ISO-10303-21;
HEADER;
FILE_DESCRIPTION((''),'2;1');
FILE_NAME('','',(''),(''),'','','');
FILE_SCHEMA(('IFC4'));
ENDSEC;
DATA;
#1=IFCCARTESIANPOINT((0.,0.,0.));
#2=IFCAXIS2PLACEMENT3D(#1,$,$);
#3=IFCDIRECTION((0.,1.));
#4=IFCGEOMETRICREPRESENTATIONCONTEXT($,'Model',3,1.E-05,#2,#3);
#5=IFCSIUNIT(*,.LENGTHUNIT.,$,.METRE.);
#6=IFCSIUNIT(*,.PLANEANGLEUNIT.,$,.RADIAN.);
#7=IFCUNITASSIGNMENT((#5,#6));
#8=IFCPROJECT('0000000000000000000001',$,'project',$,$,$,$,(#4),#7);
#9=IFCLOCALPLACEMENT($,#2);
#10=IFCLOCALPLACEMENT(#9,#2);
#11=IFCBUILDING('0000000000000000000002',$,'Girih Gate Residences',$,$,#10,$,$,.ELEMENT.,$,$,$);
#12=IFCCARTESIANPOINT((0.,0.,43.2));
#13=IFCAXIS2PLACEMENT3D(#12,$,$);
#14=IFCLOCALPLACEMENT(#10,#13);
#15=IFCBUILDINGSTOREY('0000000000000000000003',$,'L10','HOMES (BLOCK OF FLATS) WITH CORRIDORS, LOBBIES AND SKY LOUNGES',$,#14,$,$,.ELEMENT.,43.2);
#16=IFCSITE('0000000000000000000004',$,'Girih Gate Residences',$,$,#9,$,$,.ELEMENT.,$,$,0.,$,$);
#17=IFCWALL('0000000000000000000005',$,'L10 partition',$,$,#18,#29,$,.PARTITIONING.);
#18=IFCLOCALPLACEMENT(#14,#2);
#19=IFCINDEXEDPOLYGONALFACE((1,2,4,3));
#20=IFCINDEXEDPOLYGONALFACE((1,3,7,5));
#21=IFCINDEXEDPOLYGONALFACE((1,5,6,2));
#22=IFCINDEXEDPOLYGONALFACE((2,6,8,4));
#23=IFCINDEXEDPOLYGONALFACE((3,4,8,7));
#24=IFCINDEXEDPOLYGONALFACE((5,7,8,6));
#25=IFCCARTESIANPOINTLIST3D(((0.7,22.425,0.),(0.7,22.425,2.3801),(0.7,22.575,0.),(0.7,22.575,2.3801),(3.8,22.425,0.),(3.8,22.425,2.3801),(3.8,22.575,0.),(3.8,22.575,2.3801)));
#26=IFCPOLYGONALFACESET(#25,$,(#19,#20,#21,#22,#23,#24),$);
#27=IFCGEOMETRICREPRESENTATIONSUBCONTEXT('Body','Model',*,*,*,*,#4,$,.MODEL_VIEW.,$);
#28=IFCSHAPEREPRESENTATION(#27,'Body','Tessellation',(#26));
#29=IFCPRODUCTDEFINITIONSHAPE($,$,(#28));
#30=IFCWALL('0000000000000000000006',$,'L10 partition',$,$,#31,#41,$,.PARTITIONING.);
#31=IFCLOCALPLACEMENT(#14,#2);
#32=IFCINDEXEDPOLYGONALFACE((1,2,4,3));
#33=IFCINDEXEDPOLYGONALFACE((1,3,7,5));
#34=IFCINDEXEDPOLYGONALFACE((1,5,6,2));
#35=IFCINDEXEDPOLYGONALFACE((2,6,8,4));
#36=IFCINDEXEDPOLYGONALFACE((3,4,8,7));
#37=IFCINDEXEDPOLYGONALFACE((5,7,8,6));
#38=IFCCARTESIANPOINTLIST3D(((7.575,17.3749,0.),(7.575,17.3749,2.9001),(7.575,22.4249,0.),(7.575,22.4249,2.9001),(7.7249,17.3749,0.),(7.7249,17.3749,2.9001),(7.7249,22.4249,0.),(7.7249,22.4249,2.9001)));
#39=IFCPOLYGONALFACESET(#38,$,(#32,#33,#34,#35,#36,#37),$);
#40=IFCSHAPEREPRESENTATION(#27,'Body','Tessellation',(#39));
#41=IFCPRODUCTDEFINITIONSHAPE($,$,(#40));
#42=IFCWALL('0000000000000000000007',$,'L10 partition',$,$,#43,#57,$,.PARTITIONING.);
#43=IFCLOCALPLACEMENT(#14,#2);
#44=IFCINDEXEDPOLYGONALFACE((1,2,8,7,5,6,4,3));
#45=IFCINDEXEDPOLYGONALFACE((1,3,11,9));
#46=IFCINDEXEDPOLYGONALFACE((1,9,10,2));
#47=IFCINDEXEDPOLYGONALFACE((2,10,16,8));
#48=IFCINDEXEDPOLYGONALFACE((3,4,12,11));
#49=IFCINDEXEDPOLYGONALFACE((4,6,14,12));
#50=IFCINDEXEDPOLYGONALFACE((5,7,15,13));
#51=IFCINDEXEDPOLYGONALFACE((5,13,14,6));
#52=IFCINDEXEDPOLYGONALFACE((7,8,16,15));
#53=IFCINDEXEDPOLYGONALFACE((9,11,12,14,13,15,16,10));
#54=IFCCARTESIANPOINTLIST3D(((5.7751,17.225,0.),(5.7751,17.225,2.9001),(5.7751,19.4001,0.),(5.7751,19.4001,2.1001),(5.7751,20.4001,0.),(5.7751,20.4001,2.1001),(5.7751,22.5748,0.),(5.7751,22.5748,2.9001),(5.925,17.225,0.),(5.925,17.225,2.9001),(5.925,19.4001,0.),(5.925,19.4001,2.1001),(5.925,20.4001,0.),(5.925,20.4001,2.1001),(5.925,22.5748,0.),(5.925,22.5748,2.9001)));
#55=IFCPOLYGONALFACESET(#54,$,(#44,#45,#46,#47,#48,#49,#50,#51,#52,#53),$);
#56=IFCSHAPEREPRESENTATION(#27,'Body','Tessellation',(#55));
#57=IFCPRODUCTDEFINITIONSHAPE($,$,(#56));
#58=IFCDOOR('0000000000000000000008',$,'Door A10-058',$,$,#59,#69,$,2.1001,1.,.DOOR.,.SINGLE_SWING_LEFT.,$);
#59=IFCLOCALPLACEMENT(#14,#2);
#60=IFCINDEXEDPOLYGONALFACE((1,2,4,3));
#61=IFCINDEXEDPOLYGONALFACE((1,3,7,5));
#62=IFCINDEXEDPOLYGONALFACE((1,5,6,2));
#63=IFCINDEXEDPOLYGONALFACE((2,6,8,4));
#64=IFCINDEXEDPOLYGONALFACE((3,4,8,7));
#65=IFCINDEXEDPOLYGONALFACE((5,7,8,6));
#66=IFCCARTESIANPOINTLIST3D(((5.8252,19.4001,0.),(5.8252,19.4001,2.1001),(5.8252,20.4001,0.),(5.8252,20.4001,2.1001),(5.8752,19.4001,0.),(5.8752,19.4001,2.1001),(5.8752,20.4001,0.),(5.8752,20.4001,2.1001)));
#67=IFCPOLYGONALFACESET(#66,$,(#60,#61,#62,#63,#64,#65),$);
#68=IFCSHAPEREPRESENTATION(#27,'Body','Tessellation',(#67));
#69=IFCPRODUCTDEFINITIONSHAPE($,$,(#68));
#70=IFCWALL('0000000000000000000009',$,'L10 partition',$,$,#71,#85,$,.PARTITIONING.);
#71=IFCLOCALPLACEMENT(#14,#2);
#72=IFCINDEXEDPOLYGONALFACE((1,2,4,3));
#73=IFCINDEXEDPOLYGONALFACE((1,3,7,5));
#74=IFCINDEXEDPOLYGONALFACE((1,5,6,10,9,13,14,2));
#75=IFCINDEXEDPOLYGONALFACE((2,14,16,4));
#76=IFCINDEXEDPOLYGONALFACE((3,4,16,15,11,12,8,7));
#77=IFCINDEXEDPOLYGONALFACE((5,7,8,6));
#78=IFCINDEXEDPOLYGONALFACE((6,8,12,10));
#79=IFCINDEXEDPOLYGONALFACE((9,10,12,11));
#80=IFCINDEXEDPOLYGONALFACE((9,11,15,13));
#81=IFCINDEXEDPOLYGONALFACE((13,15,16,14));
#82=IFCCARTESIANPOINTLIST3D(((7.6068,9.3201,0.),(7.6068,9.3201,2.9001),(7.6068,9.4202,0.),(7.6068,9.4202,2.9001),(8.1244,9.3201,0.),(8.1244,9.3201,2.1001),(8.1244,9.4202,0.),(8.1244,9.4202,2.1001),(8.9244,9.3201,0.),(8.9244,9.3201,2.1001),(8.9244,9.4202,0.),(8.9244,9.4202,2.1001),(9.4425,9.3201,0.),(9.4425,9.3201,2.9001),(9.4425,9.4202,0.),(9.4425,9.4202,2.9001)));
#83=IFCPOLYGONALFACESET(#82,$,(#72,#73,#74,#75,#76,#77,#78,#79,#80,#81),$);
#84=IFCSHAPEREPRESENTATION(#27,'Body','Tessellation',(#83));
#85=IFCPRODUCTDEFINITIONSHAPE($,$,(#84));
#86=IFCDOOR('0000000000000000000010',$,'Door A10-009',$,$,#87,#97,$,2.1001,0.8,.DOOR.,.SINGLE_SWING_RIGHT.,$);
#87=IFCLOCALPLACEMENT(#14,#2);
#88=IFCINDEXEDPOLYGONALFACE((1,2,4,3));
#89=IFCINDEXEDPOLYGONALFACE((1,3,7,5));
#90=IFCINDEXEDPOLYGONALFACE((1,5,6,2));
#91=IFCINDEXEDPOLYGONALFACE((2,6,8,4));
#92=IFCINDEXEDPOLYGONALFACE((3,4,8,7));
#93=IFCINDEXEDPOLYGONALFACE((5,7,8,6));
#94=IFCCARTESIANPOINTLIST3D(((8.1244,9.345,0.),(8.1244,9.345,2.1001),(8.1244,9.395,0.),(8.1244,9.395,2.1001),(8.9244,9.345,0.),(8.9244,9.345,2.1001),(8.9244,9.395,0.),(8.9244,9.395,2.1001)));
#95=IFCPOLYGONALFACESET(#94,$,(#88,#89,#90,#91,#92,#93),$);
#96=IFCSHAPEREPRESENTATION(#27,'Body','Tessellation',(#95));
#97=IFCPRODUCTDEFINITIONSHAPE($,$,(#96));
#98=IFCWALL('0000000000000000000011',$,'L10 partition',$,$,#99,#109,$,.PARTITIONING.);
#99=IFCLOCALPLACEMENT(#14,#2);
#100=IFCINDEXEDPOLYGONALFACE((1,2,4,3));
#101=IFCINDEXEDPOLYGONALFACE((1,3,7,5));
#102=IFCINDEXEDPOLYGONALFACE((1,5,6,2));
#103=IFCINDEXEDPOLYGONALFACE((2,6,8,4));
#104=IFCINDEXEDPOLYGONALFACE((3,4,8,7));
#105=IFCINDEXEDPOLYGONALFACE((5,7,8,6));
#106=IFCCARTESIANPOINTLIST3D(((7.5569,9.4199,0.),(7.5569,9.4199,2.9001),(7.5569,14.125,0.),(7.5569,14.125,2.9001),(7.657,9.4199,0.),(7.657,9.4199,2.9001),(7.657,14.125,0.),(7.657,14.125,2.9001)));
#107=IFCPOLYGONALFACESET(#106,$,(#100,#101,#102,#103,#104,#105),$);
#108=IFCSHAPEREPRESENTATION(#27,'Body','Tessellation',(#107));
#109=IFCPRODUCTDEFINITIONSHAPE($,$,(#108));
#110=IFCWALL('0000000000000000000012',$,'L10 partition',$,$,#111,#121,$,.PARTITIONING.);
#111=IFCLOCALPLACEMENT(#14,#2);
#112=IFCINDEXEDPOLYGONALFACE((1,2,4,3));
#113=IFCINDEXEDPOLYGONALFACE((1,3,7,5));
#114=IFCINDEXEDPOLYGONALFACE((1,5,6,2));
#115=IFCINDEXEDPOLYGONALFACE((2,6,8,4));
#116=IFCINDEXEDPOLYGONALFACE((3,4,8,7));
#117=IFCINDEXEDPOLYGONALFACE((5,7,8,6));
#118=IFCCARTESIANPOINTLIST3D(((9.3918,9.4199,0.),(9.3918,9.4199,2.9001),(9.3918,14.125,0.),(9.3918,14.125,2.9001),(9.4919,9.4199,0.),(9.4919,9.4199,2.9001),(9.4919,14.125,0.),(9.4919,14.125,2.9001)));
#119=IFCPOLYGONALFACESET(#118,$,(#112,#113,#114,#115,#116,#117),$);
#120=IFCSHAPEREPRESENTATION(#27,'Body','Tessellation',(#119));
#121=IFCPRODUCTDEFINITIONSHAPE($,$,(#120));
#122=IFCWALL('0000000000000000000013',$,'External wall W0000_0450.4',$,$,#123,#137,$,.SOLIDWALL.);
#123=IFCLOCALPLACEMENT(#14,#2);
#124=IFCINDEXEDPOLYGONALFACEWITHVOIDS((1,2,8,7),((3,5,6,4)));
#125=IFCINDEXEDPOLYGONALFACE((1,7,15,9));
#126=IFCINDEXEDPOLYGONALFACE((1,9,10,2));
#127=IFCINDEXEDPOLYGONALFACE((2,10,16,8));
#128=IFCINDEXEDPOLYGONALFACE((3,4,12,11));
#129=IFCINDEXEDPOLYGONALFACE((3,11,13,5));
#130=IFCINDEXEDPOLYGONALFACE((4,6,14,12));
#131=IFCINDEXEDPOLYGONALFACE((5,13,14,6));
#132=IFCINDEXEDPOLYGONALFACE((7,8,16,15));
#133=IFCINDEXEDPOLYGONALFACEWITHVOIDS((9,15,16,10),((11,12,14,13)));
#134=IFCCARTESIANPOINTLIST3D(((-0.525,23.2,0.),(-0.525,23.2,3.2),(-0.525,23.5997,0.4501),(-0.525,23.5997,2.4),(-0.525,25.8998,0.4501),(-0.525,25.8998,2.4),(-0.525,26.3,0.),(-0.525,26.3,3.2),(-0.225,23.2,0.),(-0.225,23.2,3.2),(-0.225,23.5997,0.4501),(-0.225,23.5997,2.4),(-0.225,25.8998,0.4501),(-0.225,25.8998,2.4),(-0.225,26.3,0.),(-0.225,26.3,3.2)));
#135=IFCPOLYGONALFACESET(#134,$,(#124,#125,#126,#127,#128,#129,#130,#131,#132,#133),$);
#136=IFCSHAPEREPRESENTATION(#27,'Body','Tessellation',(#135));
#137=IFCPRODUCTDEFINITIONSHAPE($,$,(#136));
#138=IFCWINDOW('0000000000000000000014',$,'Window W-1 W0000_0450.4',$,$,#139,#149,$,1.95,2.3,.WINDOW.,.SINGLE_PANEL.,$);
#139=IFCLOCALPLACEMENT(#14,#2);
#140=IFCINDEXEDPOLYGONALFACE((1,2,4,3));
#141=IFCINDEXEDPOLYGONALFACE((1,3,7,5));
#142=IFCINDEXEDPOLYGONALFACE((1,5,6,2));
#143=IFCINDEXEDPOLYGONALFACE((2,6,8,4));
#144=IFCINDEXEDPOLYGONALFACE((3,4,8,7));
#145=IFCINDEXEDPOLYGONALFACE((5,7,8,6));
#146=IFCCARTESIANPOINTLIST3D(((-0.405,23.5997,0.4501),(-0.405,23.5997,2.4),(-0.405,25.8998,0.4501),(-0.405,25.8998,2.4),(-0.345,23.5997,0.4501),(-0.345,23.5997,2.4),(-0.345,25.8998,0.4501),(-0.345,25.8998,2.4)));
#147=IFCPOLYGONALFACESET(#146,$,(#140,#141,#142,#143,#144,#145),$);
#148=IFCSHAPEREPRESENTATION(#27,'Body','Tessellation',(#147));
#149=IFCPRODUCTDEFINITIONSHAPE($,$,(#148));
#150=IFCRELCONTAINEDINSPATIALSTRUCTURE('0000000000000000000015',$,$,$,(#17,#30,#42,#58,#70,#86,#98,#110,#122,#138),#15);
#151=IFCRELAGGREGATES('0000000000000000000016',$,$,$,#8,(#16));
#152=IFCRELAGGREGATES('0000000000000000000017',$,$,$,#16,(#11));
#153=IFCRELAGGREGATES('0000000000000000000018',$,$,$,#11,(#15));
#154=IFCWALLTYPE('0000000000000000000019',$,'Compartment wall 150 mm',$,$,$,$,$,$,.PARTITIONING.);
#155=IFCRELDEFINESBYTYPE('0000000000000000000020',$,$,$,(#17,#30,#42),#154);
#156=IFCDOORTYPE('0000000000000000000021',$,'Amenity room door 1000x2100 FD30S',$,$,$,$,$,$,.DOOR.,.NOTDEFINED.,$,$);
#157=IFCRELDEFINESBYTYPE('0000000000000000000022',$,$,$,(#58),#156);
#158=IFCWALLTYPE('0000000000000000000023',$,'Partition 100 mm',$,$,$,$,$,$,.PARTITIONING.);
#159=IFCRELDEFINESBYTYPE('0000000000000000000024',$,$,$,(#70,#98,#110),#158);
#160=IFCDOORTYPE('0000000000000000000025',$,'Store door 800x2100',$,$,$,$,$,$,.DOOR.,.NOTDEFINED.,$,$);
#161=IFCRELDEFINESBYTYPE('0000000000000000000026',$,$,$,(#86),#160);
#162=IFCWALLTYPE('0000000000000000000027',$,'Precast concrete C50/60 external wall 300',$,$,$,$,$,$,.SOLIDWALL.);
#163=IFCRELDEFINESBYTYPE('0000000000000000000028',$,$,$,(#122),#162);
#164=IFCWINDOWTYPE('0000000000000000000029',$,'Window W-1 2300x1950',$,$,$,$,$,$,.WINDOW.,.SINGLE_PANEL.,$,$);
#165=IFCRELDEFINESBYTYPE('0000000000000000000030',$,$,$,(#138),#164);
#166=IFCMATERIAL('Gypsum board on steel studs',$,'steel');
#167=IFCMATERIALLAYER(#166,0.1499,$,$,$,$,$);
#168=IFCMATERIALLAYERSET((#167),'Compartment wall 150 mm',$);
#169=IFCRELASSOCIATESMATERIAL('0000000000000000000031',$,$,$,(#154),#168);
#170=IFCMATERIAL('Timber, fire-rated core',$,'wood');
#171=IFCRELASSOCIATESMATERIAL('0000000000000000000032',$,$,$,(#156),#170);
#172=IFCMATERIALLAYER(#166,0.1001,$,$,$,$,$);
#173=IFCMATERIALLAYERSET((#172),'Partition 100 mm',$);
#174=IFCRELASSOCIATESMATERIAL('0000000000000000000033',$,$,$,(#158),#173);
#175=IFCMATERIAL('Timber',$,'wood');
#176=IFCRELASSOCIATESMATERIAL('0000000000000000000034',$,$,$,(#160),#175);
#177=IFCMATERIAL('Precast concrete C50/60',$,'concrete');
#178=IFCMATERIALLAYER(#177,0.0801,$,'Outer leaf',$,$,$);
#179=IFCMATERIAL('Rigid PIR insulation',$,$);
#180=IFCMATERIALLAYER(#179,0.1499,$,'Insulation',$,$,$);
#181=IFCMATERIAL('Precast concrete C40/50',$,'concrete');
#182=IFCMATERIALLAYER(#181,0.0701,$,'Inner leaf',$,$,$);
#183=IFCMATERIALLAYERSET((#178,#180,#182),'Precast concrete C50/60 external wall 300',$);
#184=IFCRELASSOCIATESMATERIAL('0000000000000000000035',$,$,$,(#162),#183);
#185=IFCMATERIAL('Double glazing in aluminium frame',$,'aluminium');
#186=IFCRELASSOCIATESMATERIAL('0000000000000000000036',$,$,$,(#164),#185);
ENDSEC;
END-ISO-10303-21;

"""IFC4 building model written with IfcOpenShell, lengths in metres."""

from ifc_helpers import new_model, si_unit, direction, frame, frame_2d, origin, place, context, subcontext, project, spatial, rectangle, extrude, material, layer, layer_set, type_object, element, fill, save


model = new_model("IFC4")

# Units and contexts
model_context = context("Model", 3, precision=1e-05, world=origin(), true_north=direction((0.0, 1.0)))
body_context = subcontext(model_context, "Body", "Model", "MODEL_VIEW")
ifc_project = project(units=[si_unit("LENGTHUNIT", "METRE"), si_unit("PLANEANGLEUNIT", "RADIAN")], contexts=[model_context])

# Site, building, storey
site_placement = place(None, origin())
site = spatial("IfcSite", under=ifc_project, at=site_placement, Name="Girih Gate Residences", CompositionType="ELEMENT", RefElevation=0.0)
building_placement = place(site_placement, origin())
building = spatial("IfcBuilding", under=site, at=building_placement, Name="Girih Gate Residences", CompositionType="ELEMENT")
storey_placement = place(building_placement, frame((0.0, 0.0, 43.2)))
storey = spatial("IfcBuildingStorey", under=building, at=storey_placement, Name="L10", Description="HOMES (BLOCK OF FLATS) WITH CORRIDORS, LOBBIES AND SKY LOUNGES", CompositionType="ELEMENT", Elevation=43.2)

# Shared definitions
ifc_material_1 = material(Name="Gypsum board on steel studs", Category="steel")
ifc_layer_1 = layer(ifc_material_1, 0.1499)
ifc_layer_set_1 = layer_set([ifc_layer_1], Name="Compartment wall 150 mm")
wall_type_1 = type_object("IfcWallType", Name="Compartment wall 150 mm", PredefinedType="PARTITIONING", material=ifc_layer_set_1)

# Shared definitions
ifc_material_2 = material(Name="Timber", Category="wood")

# Walls
wall_1_placement = place(storey_placement, frame((0.7, 22.5, 0.0), z_axis=(0.0, 0.0, 1.0), x_axis=(1.0, 0.0, 0.0)))
element("IfcWall", 1, at=wall_1_placement, inside=storey, type_object=wall_type_1, Name="L10 partition", PredefinedType="PARTITIONING", context=body_context, shape_type="SweptSolid", body=[
    extrude(rectangle(XDim=3.1001, YDim=0.1499, at=frame_2d((1.55, 0.0))), origin(), (0.0, 0.0, 1.0), 2.3801),
])
wall_2_placement = place(storey_placement, frame((7.6499, 17.375, 0.0), z_axis=(0.0, 0.0, 1.0), x_axis=(0.0, 1.0, 0.0)))
element("IfcWall", 2, at=wall_2_placement, inside=storey, type_object=wall_type_1, Name="L10 partition", PredefinedType="PARTITIONING", context=body_context, shape_type="SweptSolid", body=[
    extrude(rectangle(XDim=5.05, YDim=0.1499, at=frame_2d((2.5249, 0.0))), origin(), (0.0, 0.0, 1.0), 2.9001),
])

# Walls, openings, doors
wall_3_placement = place(storey_placement, frame((5.8501, 17.2251, 0.0), z_axis=(0.0, 0.0, 1.0), x_axis=(0.0, 1.0, 0.0)))
wall_3 = element("IfcWall", 3, at=wall_3_placement, inside=storey, type_object=wall_type_1, Name="L10 partition", PredefinedType="PARTITIONING", context=body_context, shape_type="SweptSolid", body=[
    extrude(rectangle(XDim=5.3499, YDim=0.1499, at=frame_2d((2.6748, 0.0))), origin(), (0.0, 0.0, 1.0), 2.9001),
])
opening_1_placement = place(wall_3_placement, frame((2.175, 0.0, 0.0)))
opening_1 = element("IfcOpeningElement", 4, at=opening_1_placement, cuts=wall_3, PredefinedType="OPENING", context=body_context, shape_type="SweptSolid", body=[
    extrude(rectangle(XDim=1.0, YDim=2.1001, at=frame_2d((0.5, 1.05))), frame((0.0, 0.085, 0.0), z_axis=(0.0, -1.0, 0.0), x_axis=(1.0, 0.0, 0.0)), (0.0, 0.0, 1.0), 0.1699),
])
ifc_material_3 = material(Name="Timber, fire-rated core", Category="wood")
door_type_1 = type_object("IfcDoorType", Name="Amenity room door 1000x2100 FD30S", OperationType="NOTDEFINED", PredefinedType="DOOR", material=ifc_material_3)
door_1_placement = place(opening_1_placement, origin())
door_1 = element("IfcDoor", 5, at=door_1_placement, inside=storey, type_object=door_type_1, Name="Door A10-058", OperationType="SINGLE_SWING_LEFT", OverallHeight=2.1001, OverallWidth=1.0, PredefinedType="DOOR", context=body_context, shape_type="SweptSolid", body=[
    extrude(rectangle(XDim=1.0, YDim=2.1001, at=frame_2d((0.5, 1.05))), frame((0.0, 0.0249, 0.0), z_axis=(0.0, -1.0, 0.0), x_axis=(1.0, 0.0, 0.0)), (0.0, 0.0, 1.0), 0.05),
])
fill(opening_1, door_1)
ifc_layer_2 = layer(ifc_material_1, 0.1001)
ifc_layer_set_2 = layer_set([ifc_layer_2], Name="Partition 100 mm")
wall_type_2 = type_object("IfcWallType", Name="Partition 100 mm", PredefinedType="PARTITIONING", material=ifc_layer_set_2)
wall_4_placement = place(storey_placement, frame((7.6067, 9.3701, 0.0), z_axis=(0.0, 0.0, 1.0), x_axis=(1.0, 0.0, 0.0)))
wall_4 = element("IfcWall", 6, at=wall_4_placement, inside=storey, type_object=wall_type_2, Name="L10 partition", PredefinedType="PARTITIONING", context=body_context, shape_type="SweptSolid", body=[
    extrude(rectangle(XDim=1.8357, YDim=0.1001, at=frame_2d((0.918, 0.0))), origin(), (0.0, 0.0, 1.0), 2.9001),
])
opening_2_placement = place(wall_4_placement, frame((0.5178, 0.0, 0.0)))
opening_2 = element("IfcOpeningElement", 7, at=opening_2_placement, cuts=wall_4, PredefinedType="OPENING", context=body_context, shape_type="SweptSolid", body=[
    extrude(rectangle(XDim=0.8, YDim=2.1001, at=frame_2d((0.3999, 1.05))), frame((0.0, 0.0601, 0.0), z_axis=(0.0, -1.0, 0.0), x_axis=(1.0, 0.0, 0.0)), (0.0, 0.0, 1.0), 0.1201),
])
door_type_2 = type_object("IfcDoorType", Name="Store door 800x2100", OperationType="NOTDEFINED", PredefinedType="DOOR", material=ifc_material_2)
door_2_placement = place(opening_2_placement, origin())
door_2 = element("IfcDoor", 8, at=door_2_placement, inside=storey, type_object=door_type_2, Name="Door A10-009", OperationType="SINGLE_SWING_RIGHT", OverallHeight=2.1001, OverallWidth=0.8, PredefinedType="DOOR", context=body_context, shape_type="SweptSolid", body=[
    extrude(rectangle(XDim=0.8, YDim=2.1001, at=frame_2d((0.3999, 1.05))), frame((0.0, 0.0249, 0.0), z_axis=(0.0, -1.0, 0.0), x_axis=(1.0, 0.0, 0.0)), (0.0, 0.0, 1.0), 0.05),
])
fill(opening_2, door_2)

# Walls
for number, where, z_axis, x_axis, name in (
    (9, (7.6069, 9.4199, 0.0), (0.0, 0.0, 1.0), (0.0, 1.0, 0.0), "L10 partition"),
    (10, (9.4419, 9.4199, 0.0), (0.0, 0.0, 1.0), (0.0, 1.0, 0.0), "L10 partition"),
):
    element("IfcWall", number, at=place(storey_placement, frame(where, z_axis=z_axis, x_axis=x_axis)), inside=storey, type_object=wall_type_2, Name=name, PredefinedType="PARTITIONING", context=body_context, shape_type="SweptSolid", body=[
        extrude(rectangle(XDim=4.7051, YDim=0.1001, at=frame_2d((2.3525, 0.0))), origin(), (0.0, 0.0, 1.0), 2.9001),
    ])

# Wall, opening, window
ifc_material_4 = material(Name="Precast concrete C50/60", Category="concrete")
ifc_layer_3 = layer(ifc_material_4, 0.0801, Name="Outer leaf")
ifc_material_5 = material(Name="Rigid PIR insulation")
ifc_layer_4 = layer(ifc_material_5, 0.1499, Name="Insulation")
ifc_material_6 = material(Name="Precast concrete C40/50", Category="concrete")
ifc_layer_5 = layer(ifc_material_6, 0.0701, Name="Inner leaf")
ifc_layer_set_3 = layer_set([ifc_layer_3, ifc_layer_4, ifc_layer_5], Name="Precast concrete C50/60 external wall 300")
wall_type_3 = type_object("IfcWallType", Name="Precast concrete C50/60 external wall 300", PredefinedType="SOLIDWALL", material=ifc_layer_set_3)
wall_5_placement = place(storey_placement, frame((-0.375, 23.2, 0.0), z_axis=(0.0, 0.0, 1.0), x_axis=(0.0, 1.0, 0.0)))
wall_5 = element("IfcWall", 11, at=wall_5_placement, inside=storey, type_object=wall_type_3, Name="External wall W0000_0450.4", PredefinedType="SOLIDWALL", context=body_context, shape_type="SweptSolid", body=[
    extrude(rectangle(XDim=3.1001, YDim=0.3, at=frame_2d((1.55, 0.0))), origin(), (0.0, 0.0, 1.0), 3.2),
])
opening_3_placement = place(wall_5_placement, frame((0.3999, 0.0, 0.45)))
opening_3 = element("IfcOpeningElement", 12, at=opening_3_placement, cuts=wall_5, PredefinedType="OPENING", context=body_context, shape_type="SweptSolid", body=[
    extrude(rectangle(XDim=2.3, YDim=1.95, at=frame_2d((1.1499, 0.9751))), frame((0.0, 0.1599, 0.0), z_axis=(0.0, -1.0, 0.0), x_axis=(1.0, 0.0, 0.0)), (0.0, 0.0, 1.0), 0.3201),
])
ifc_material_7 = material(Name="Double glazing in aluminium frame", Category="aluminium")
window_type = type_object("IfcWindowType", Name="Window W-1 2300x1950", PartitioningType="SINGLE_PANEL", PredefinedType="WINDOW", material=ifc_material_7)
window_1_placement = place(opening_3_placement, origin())
window_1 = element("IfcWindow", 13, at=window_1_placement, inside=storey, type_object=window_type, Name="Window W-1 W0000_0450.4", OverallHeight=1.95, OverallWidth=2.3, PartitioningType="SINGLE_PANEL", PredefinedType="WINDOW", context=body_context, shape_type="SweptSolid", body=[
    extrude(rectangle(XDim=2.3, YDim=1.95, at=frame_2d((1.1499, 0.9751))), frame((0.0, 0.03, 0.0), z_axis=(0.0, -1.0, 0.0), x_axis=(1.0, 0.0, 0.0)), (0.0, 0.0, 1.0), 0.0601),
])
fill(opening_3, window_1)

save(model, "model.ifc")
